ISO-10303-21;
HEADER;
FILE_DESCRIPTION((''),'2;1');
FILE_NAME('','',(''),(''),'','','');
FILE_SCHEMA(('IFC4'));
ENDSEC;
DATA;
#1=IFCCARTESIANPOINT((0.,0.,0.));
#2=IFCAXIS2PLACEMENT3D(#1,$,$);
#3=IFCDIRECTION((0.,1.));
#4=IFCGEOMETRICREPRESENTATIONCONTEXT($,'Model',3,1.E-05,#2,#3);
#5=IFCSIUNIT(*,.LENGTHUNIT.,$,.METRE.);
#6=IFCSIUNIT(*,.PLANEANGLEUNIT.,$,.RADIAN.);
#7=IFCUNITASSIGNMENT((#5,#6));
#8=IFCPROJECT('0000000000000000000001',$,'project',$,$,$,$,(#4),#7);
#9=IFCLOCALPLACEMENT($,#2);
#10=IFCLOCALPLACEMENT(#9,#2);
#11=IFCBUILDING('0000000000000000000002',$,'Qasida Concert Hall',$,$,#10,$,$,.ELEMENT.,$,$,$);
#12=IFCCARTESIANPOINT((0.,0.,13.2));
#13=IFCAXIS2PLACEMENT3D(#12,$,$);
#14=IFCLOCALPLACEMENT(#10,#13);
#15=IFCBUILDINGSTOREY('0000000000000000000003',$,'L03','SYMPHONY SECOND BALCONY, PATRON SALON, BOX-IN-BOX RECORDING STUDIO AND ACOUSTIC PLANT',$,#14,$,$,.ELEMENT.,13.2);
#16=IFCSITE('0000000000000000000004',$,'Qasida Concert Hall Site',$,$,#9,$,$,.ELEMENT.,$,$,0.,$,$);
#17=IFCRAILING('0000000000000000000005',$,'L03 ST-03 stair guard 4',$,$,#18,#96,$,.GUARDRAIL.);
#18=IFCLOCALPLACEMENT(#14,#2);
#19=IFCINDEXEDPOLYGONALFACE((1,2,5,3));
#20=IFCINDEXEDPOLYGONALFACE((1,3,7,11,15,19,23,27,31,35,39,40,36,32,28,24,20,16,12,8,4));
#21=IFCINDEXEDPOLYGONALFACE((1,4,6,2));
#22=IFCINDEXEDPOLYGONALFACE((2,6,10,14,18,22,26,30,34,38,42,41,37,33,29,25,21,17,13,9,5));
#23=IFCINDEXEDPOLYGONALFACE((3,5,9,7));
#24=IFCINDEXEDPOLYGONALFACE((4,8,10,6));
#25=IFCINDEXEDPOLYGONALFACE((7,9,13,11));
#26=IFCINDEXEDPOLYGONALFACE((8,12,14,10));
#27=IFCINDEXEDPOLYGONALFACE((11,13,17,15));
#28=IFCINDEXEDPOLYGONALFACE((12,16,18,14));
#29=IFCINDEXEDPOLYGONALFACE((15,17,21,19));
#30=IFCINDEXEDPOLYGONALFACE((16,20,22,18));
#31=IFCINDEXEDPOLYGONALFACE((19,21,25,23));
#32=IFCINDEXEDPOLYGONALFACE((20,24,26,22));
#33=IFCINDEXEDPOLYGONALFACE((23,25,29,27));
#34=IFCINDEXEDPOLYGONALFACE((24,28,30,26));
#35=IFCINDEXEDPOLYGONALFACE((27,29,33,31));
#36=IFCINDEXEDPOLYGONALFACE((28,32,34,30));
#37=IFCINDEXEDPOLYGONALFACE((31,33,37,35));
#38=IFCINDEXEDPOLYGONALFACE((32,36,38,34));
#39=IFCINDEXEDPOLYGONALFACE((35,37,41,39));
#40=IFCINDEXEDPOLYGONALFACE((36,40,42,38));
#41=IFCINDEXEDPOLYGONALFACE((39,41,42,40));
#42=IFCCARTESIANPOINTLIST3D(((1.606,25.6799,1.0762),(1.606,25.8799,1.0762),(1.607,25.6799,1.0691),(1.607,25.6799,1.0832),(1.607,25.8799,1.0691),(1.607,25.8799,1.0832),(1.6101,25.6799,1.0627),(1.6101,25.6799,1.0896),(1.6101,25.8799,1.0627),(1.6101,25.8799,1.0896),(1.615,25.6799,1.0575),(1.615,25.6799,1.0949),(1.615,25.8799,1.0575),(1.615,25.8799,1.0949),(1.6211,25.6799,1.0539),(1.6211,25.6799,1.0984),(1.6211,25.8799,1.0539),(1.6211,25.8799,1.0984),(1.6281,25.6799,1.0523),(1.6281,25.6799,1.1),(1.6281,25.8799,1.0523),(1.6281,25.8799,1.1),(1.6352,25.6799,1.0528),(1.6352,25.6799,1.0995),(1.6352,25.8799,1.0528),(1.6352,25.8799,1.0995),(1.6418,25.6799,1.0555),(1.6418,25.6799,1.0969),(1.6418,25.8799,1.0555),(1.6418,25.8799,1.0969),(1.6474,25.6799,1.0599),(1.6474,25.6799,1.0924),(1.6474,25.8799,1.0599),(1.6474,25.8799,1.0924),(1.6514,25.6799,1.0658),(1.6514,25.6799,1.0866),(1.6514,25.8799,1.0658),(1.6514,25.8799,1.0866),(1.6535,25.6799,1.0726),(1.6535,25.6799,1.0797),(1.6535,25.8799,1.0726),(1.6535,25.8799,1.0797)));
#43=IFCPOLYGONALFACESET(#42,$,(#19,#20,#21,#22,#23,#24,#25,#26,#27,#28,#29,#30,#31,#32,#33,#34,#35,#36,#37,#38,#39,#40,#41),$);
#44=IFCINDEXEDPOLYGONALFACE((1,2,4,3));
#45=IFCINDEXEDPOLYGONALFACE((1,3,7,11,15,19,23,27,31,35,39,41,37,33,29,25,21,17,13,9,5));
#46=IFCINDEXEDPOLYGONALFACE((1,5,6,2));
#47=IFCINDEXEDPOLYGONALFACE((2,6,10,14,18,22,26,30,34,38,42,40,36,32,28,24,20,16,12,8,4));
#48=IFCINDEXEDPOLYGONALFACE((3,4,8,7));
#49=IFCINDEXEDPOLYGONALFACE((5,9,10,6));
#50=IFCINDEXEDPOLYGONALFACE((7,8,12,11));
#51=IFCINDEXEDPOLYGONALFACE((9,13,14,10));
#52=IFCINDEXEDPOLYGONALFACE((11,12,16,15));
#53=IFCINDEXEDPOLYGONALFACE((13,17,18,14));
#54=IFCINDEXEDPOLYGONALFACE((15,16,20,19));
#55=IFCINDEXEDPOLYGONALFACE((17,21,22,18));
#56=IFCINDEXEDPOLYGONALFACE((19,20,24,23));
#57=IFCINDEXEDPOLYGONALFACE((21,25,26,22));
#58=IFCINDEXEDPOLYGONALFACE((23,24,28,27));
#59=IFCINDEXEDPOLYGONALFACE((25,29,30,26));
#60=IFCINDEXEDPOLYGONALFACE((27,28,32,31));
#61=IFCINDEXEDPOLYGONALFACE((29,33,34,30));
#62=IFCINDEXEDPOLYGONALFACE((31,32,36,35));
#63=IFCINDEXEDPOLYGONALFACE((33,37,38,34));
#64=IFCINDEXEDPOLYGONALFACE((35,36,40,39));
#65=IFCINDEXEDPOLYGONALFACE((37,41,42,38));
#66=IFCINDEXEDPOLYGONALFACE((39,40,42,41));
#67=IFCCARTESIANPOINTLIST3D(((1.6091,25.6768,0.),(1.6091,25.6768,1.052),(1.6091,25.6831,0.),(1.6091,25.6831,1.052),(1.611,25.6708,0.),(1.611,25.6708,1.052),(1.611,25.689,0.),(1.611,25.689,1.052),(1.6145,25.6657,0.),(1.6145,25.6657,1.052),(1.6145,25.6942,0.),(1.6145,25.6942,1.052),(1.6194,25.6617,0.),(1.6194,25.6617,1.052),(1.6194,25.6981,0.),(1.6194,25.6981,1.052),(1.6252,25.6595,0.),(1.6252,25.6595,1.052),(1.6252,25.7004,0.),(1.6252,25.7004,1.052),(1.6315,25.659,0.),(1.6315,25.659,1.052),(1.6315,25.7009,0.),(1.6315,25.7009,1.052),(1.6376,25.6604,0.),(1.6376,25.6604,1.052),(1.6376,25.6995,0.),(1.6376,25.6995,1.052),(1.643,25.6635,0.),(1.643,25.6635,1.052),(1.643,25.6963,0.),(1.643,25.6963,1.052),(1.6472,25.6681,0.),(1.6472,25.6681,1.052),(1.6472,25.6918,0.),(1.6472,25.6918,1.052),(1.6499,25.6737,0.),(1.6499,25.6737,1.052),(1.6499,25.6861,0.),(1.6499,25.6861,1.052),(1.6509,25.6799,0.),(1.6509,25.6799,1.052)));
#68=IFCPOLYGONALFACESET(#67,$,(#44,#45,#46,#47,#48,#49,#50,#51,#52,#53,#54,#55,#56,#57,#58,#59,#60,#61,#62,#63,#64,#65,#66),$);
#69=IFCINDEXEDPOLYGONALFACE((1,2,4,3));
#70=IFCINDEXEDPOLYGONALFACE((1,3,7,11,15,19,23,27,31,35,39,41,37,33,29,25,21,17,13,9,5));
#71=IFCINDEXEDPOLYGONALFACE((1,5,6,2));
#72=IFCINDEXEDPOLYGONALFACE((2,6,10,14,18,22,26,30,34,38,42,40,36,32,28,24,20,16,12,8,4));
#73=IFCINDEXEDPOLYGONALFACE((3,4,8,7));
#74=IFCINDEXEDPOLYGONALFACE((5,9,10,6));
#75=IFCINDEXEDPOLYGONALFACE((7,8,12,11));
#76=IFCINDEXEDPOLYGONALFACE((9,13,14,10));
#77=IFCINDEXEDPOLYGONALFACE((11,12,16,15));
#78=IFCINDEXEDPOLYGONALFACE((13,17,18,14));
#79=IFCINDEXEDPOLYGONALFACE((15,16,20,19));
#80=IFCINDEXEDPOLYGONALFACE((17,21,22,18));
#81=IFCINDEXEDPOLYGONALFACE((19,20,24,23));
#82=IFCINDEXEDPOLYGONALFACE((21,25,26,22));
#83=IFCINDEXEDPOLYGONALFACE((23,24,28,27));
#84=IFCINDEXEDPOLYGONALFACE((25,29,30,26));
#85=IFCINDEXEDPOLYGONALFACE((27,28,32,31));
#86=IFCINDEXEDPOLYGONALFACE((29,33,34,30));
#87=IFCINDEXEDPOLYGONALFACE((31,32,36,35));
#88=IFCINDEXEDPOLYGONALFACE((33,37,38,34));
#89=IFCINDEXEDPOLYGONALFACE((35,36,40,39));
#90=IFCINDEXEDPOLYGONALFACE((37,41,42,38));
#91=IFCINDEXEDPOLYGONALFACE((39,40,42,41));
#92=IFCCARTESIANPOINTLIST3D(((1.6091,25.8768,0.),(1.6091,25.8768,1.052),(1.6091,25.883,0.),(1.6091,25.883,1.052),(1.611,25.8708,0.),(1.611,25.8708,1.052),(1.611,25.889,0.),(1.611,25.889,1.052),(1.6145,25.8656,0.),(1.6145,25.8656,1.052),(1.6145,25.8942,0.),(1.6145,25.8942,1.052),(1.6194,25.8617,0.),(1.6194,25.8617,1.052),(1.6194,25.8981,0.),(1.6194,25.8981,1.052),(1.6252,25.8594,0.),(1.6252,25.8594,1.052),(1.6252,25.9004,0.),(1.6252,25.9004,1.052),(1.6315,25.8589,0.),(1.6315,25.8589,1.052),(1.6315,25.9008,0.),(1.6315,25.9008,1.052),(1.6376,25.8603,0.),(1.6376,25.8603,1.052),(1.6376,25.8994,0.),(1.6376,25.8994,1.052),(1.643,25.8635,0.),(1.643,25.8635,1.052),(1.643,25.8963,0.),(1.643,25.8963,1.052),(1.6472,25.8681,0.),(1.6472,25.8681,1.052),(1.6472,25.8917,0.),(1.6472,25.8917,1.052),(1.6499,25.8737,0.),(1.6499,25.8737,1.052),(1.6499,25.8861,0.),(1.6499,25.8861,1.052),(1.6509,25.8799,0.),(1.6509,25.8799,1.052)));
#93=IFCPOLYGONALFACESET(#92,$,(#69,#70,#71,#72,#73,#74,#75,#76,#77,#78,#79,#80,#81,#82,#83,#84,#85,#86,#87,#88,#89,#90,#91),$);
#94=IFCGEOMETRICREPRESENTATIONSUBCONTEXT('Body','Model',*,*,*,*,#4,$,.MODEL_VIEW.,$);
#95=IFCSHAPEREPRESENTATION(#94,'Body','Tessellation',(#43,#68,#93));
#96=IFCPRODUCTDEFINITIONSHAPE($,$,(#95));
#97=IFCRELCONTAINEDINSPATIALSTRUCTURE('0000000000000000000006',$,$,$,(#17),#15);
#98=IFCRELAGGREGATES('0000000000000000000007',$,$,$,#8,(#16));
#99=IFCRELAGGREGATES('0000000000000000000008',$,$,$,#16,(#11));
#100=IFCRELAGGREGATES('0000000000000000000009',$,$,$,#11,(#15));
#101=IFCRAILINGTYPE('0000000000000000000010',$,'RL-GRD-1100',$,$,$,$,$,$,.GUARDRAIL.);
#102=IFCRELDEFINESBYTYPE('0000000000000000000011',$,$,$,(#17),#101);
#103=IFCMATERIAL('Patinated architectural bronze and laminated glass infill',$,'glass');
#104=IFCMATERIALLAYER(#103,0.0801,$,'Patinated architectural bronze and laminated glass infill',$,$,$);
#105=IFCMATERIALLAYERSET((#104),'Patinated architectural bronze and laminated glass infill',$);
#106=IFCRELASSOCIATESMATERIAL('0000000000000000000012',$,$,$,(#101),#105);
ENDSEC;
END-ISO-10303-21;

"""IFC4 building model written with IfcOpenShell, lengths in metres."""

from ifc_helpers import new_model, si_unit, direction, frame, origin, origin_2d, place, context, subcontext, project, spatial, circle, extrude, material, layer, layer_set, type_object, element, save


model = new_model("IFC4")

# Units and contexts
model_context = context("Model", 3, precision=1e-05, world=origin(), true_north=direction((0.0, 1.0)))
body_context = subcontext(model_context, "Body", "Model", "MODEL_VIEW")
ifc_project = project(units=[si_unit("LENGTHUNIT", "METRE"), si_unit("PLANEANGLEUNIT", "RADIAN")], contexts=[model_context])

# Site, building, storey
site_placement = place(None, origin())
site = spatial("IfcSite", under=ifc_project, at=site_placement, Name="Qasida Concert Hall Site", CompositionType="ELEMENT", RefElevation=0.0)
building_placement = place(site_placement, origin())
building = spatial("IfcBuilding", under=site, at=building_placement, Name="Qasida Concert Hall", CompositionType="ELEMENT")
storey_placement = place(building_placement, frame((0.0, 0.0, 13.2)))
storey = spatial("IfcBuildingStorey", under=building, at=storey_placement, Name="L03", Description="SYMPHONY SECOND BALCONY, PATRON SALON, BOX-IN-BOX RECORDING STUDIO AND ACOUSTIC PLANT", CompositionType="ELEMENT", Elevation=13.2)

# Railing
ifc_material_1 = material(Name="Patinated architectural bronze and laminated glass infill", Category="glass")
ifc_layer_1 = layer(ifc_material_1, 0.0801, Name="Patinated architectural bronze and laminated glass infill")
ifc_layer_set_1 = layer_set([ifc_layer_1], Name="Patinated architectural bronze and laminated glass infill")
railing_type_1 = type_object("IfcRailingType", Name="RL-GRD-1100", PredefinedType="GUARDRAIL", material=ifc_layer_set_1)
railing_1_placement = place(storey_placement, frame((1.6299, 25.6799, 0.0)))
element("IfcRailing", 1, at=railing_1_placement, inside=storey, type_object=railing_type_1, Name="L03 ST-03 stair guard 4", PredefinedType="GUARDRAIL", context=body_context, shape_type="SweptSolid", body=[
    extrude(circle(Radius=0.0239, at=origin_2d()), frame((0.0, 0.0, 1.0762), z_axis=(0.0, 1.0, 0.0), x_axis=(-1.0, 0.0, 0.0)), (0.0, 0.0, 1.0), 0.2),
    extrude(circle(Radius=0.021, at=origin_2d()), origin(), (0.0, 0.0, 1.0), 1.052),
    extrude(circle(Radius=0.021, at=origin_2d()), frame((0.0, 0.2, 0.0)), (0.0, 0.0, 1.0), 1.052),
])

save(model, "model.ifc")
